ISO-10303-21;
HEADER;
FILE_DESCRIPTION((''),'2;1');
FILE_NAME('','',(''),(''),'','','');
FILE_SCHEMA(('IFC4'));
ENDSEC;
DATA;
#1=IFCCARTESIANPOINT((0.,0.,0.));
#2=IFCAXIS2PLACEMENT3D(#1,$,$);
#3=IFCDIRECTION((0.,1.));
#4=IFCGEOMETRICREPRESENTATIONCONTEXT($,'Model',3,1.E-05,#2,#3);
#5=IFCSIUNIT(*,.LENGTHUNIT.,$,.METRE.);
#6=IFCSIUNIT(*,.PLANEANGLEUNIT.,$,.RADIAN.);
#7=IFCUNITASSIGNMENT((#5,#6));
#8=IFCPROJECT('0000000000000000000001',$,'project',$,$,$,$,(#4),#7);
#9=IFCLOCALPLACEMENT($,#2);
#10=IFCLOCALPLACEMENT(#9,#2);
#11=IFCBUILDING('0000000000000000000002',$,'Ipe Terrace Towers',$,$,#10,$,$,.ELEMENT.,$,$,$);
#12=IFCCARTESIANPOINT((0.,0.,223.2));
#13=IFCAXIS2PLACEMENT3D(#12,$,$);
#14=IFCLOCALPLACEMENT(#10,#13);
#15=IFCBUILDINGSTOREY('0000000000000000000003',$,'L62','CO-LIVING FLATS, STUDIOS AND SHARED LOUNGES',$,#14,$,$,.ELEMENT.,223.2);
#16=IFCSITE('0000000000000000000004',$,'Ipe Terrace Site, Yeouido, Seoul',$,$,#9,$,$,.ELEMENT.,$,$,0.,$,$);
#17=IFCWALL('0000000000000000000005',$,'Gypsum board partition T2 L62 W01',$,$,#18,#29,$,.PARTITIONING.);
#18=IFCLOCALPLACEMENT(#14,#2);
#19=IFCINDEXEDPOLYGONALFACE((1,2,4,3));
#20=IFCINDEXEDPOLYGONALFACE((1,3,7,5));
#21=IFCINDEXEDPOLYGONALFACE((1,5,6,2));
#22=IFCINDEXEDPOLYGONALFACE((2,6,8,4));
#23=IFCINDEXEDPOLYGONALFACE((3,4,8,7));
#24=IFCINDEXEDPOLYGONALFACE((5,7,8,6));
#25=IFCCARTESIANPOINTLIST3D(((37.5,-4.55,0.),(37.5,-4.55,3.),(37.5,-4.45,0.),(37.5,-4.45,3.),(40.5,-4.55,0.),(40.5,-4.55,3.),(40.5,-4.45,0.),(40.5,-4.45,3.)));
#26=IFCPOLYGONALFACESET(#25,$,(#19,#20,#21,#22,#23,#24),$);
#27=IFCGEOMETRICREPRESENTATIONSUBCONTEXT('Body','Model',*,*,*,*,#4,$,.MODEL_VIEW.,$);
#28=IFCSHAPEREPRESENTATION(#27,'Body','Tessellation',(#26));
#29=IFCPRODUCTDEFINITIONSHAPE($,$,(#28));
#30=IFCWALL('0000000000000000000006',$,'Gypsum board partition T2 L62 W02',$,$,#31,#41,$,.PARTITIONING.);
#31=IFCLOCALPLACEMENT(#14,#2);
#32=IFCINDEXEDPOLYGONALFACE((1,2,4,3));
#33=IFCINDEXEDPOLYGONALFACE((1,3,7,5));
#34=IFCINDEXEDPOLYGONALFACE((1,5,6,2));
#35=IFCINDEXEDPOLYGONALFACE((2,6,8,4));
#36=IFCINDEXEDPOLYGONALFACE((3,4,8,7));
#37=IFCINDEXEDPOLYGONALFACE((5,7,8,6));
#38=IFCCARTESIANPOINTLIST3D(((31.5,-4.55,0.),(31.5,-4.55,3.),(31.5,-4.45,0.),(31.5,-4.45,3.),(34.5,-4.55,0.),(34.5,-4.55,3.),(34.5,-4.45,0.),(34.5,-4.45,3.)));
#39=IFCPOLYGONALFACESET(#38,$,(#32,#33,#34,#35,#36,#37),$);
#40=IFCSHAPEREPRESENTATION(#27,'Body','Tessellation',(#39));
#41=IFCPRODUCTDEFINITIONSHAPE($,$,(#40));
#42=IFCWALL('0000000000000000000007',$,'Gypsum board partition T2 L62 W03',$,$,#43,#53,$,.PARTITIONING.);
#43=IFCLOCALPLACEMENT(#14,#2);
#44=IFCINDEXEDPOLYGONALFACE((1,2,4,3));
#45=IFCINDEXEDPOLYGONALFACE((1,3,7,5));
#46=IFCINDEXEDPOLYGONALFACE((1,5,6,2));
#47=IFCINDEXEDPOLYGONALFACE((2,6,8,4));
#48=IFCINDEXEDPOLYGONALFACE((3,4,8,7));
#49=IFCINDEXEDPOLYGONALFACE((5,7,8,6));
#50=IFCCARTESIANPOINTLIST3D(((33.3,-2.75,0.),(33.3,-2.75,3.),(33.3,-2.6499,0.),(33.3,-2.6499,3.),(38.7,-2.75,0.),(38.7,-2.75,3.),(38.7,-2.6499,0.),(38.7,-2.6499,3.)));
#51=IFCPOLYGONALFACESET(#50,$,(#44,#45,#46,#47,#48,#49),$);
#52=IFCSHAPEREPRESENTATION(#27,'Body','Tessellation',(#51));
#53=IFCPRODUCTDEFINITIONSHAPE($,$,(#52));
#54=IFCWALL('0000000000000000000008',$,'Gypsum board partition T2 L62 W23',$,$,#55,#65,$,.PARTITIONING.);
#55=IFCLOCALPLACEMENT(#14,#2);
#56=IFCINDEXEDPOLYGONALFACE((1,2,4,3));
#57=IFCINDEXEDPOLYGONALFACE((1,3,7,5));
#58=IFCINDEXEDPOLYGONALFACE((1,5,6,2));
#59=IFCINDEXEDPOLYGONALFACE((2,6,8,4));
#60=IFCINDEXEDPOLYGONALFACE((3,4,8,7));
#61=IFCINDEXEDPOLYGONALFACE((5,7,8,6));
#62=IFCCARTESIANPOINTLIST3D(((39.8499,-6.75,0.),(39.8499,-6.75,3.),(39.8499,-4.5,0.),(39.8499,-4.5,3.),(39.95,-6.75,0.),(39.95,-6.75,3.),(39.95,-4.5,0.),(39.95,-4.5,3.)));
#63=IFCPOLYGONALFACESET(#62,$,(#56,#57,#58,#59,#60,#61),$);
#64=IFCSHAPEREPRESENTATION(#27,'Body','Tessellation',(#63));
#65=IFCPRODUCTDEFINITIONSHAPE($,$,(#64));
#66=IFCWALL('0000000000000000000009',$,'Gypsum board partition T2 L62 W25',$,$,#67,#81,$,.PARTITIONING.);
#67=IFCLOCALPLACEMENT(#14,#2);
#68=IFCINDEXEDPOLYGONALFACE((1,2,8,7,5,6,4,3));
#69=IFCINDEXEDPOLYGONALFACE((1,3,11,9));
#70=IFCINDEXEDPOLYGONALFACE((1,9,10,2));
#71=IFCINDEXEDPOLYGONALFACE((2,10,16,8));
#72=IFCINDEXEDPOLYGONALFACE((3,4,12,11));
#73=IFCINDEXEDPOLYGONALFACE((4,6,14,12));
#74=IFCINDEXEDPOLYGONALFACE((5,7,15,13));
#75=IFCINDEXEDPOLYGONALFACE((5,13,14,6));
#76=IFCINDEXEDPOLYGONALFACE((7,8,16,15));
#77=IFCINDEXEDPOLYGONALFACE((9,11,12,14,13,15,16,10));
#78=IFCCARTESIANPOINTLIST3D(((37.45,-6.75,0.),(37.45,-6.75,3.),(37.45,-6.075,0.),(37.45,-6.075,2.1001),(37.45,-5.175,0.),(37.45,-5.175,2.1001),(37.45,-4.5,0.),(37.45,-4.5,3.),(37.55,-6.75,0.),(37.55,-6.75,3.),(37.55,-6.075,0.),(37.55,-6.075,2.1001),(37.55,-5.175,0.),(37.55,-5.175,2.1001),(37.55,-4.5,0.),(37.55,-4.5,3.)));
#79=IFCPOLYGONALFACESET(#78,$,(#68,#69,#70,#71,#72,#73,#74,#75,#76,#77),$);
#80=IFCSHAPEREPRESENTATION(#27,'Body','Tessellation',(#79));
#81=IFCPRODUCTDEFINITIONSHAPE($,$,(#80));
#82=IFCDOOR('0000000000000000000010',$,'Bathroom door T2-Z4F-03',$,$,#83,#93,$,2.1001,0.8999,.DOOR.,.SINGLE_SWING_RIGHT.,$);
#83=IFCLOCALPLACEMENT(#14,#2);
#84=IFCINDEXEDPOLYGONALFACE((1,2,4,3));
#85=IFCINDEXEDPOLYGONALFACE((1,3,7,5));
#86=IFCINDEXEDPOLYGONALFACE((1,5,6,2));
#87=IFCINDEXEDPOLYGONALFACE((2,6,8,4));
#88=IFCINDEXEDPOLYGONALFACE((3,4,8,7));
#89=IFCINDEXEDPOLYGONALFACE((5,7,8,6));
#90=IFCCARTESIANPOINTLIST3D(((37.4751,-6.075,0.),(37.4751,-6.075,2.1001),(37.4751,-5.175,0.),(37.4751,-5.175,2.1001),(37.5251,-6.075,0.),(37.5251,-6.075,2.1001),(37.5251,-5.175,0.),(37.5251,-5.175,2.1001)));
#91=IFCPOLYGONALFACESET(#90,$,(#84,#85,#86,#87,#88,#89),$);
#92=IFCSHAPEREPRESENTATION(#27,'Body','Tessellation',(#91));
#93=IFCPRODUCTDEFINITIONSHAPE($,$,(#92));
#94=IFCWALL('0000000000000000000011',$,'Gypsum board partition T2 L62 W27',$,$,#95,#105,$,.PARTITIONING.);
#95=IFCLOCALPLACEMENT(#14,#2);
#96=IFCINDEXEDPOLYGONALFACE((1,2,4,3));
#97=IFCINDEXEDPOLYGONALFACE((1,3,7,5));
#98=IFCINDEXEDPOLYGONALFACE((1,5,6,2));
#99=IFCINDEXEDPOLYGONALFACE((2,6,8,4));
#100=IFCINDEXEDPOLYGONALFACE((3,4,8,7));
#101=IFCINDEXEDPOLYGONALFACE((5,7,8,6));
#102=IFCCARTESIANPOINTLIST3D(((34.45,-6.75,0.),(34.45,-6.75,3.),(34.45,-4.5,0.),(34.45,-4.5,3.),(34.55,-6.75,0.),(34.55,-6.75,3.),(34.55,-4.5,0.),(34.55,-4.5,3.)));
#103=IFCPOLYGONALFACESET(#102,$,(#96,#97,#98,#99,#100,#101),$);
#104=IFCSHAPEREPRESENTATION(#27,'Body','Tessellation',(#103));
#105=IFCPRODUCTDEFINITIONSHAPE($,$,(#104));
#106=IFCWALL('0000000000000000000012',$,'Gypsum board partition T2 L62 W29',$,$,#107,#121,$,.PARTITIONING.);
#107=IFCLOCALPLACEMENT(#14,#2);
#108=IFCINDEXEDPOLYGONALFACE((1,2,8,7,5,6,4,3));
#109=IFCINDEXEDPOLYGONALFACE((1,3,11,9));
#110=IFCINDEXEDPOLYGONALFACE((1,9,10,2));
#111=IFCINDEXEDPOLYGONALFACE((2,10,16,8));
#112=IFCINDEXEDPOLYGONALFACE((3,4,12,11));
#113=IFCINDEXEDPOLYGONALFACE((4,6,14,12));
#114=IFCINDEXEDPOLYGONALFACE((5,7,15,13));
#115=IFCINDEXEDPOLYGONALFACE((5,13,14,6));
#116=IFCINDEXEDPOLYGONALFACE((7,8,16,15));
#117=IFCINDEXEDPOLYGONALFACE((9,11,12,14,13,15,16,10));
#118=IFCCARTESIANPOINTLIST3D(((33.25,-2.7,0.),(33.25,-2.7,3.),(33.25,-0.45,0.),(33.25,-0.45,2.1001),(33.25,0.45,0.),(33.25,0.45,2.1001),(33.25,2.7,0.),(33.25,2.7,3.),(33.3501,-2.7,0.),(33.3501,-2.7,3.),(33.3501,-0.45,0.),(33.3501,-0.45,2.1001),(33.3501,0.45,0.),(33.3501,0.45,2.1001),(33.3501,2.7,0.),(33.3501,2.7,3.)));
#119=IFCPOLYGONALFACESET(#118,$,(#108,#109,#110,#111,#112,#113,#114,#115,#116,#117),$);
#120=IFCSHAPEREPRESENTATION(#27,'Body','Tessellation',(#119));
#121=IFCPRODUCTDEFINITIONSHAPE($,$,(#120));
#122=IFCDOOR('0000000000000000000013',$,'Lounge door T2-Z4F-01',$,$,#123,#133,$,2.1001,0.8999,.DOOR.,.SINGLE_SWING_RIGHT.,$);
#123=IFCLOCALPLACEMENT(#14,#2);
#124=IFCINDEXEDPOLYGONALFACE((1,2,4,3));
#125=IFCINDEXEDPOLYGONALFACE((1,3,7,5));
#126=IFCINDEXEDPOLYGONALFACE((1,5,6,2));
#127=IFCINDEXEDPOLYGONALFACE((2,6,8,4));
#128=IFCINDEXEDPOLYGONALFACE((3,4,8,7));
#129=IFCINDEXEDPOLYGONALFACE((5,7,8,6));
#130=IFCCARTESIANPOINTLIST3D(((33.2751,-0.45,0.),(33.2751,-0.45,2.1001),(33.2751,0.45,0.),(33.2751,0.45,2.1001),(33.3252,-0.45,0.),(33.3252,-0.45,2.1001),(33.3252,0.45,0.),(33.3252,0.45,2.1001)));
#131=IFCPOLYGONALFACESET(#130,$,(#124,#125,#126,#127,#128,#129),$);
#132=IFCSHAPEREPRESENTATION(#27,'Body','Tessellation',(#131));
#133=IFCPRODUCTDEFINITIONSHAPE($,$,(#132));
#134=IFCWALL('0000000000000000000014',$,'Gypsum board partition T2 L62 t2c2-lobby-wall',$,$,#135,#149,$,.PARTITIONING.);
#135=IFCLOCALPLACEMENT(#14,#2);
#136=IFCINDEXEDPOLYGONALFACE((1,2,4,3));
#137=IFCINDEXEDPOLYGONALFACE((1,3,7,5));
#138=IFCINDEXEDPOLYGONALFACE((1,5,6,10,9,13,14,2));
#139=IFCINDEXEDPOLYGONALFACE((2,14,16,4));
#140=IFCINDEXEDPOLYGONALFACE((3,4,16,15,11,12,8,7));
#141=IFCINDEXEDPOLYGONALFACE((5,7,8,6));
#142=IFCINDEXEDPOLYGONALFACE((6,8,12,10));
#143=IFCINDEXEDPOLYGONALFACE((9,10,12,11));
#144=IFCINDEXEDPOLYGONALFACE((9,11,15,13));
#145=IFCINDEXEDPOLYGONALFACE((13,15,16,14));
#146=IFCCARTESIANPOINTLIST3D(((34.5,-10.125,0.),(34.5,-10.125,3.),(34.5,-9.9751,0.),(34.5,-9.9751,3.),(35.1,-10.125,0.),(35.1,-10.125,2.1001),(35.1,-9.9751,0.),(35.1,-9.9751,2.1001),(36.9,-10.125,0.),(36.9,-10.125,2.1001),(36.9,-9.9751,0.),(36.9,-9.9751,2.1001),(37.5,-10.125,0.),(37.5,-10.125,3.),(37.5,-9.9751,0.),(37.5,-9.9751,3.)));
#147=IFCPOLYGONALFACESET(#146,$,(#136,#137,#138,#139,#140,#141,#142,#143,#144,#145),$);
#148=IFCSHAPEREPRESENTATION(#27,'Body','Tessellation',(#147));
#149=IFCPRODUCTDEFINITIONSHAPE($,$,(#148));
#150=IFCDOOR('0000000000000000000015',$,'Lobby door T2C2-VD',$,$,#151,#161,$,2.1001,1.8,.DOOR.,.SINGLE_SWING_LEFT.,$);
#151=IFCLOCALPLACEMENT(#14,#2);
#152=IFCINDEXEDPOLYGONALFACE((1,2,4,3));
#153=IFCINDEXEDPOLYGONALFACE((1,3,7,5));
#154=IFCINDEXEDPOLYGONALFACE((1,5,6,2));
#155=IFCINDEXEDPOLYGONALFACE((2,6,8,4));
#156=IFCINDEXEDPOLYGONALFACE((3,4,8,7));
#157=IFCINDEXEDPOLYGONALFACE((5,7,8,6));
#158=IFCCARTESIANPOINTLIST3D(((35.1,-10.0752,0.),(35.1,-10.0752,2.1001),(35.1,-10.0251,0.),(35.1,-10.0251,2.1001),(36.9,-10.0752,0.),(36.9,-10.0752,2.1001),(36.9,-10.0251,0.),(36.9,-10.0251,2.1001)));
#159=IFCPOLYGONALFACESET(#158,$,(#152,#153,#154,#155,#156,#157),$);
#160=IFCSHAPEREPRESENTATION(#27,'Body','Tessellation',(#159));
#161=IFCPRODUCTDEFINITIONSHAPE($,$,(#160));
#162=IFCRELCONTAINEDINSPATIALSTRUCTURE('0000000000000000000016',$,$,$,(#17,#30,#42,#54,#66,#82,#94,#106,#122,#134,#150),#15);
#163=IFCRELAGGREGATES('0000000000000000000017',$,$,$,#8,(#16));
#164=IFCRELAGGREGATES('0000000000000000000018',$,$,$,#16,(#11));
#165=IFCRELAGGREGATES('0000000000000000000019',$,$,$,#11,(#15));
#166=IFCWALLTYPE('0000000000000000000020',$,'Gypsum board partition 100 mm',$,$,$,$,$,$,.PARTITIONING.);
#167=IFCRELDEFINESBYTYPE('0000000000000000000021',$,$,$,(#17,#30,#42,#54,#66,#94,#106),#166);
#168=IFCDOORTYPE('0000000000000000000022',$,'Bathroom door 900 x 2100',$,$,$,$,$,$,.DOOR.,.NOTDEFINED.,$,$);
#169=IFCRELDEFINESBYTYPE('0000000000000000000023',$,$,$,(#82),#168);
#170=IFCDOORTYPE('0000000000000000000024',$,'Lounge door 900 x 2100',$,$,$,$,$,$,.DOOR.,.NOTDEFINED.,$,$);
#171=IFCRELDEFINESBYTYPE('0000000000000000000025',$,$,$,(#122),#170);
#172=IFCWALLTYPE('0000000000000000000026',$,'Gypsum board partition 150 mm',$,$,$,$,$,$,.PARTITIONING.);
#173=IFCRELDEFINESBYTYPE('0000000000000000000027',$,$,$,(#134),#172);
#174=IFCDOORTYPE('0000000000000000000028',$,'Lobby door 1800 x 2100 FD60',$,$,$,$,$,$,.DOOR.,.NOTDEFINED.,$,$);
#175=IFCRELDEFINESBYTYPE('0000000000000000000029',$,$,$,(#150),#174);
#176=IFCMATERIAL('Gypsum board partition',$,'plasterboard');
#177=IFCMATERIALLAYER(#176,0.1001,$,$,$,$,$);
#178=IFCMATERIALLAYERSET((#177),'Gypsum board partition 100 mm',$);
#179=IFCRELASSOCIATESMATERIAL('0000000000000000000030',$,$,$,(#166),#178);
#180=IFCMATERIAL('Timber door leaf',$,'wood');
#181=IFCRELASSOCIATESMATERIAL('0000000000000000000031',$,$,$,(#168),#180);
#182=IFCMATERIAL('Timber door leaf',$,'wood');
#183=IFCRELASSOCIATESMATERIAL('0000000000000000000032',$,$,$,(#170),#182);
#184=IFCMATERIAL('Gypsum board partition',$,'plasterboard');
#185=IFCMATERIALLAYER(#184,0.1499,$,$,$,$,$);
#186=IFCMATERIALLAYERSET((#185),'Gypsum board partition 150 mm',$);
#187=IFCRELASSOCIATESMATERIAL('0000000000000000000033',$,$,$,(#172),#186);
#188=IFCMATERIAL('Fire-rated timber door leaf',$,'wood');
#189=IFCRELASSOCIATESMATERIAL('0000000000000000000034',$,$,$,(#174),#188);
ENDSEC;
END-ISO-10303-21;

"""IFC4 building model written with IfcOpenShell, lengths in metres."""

from ifc_helpers import new_model, si_unit, direction, frame, frame_2d, origin, place, context, subcontext, project, spatial, rectangle, extrude, material, layer, layer_set, type_object, element, fill, save


model = new_model("IFC4")

# Units and contexts
model_context = context("Model", 3, precision=1e-05, world=origin(), true_north=direction((0.0, 1.0)))
body_context = subcontext(model_context, "Body", "Model", "MODEL_VIEW")
ifc_project = project(units=[si_unit("LENGTHUNIT", "METRE"), si_unit("PLANEANGLEUNIT", "RADIAN")], contexts=[model_context])

# Site, building, storey
site_placement = place(None, origin())
site = spatial("IfcSite", under=ifc_project, at=site_placement, Name="Ipe Terrace Site, Yeouido, Seoul", CompositionType="ELEMENT", RefElevation=0.0)
building_placement = place(site_placement, origin())
building = spatial("IfcBuilding", under=site, at=building_placement, Name="Ipe Terrace Towers", CompositionType="ELEMENT")
storey_placement = place(building_placement, frame((0.0, 0.0, 223.2)))
storey = spatial("IfcBuildingStorey", under=building, at=storey_placement, Name="L62", Description="CO-LIVING FLATS, STUDIOS AND SHARED LOUNGES", CompositionType="ELEMENT", Elevation=223.2)

# Walls
ifc_material_1 = material(Name="Gypsum board partition", Category="plasterboard")
ifc_layer_1 = layer(ifc_material_1, 0.1001)
ifc_layer_set_1 = layer_set([ifc_layer_1], Name="Gypsum board partition 100 mm")
wall_type_1 = type_object("IfcWallType", Name="Gypsum board partition 100 mm", PredefinedType="PARTITIONING", material=ifc_layer_set_1)
for number, where, z_axis, x_axis, name in (
    (1, (40.5, -4.5, 0.0), (0.0, 0.0, 1.0), (-1.0, 0.0, 0.0), "Gypsum board partition T2 L62 W01"),
    (2, (34.5, -4.5, 0.0), (0.0, 0.0, 1.0), (-1.0, 0.0, 0.0), "Gypsum board partition T2 L62 W02"),
):
    element("IfcWall", number, at=place(storey_placement, frame(where, z_axis=z_axis, x_axis=x_axis)), inside=storey, type_object=wall_type_1, Name=name, PredefinedType="PARTITIONING", context=body_context, shape_type="SweptSolid", body=[
        extrude(rectangle(XDim=3.0, YDim=0.1001, at=frame_2d((1.5, 0.0))), origin(), (0.0, 0.0, 1.0), 3.0),
    ])
wall_1_placement = place(storey_placement, frame((38.7, -2.7, 0.0), z_axis=(0.0, 0.0, 1.0), x_axis=(-1.0, 0.0, 0.0)))
element("IfcWall", 3, at=wall_1_placement, inside=storey, type_object=wall_type_1, Name="Gypsum board partition T2 L62 W03", PredefinedType="PARTITIONING", context=body_context, shape_type="SweptSolid", body=[
    extrude(rectangle(XDim=5.3999, YDim=0.1001, at=frame_2d((2.7, 0.0))), origin(), (0.0, 0.0, 1.0), 3.0),
])
wall_2_placement = place(storey_placement, frame((39.8999, -6.75, 0.0), z_axis=(0.0, 0.0, 1.0), x_axis=(0.0, 1.0, 0.0)))
element("IfcWall", 4, at=wall_2_placement, inside=storey, type_object=wall_type_1, Name="Gypsum board partition T2 L62 W23", PredefinedType="PARTITIONING", context=body_context, shape_type="SweptSolid", body=[
    extrude(rectangle(XDim=2.25, YDim=0.1001, at=frame_2d((1.125, 0.0))), origin(), (0.0, 0.0, 1.0), 3.0),
])

# Wall, opening, door
wall_3_placement = place(storey_placement, frame((37.5, -6.75, 0.0), z_axis=(0.0, 0.0, 1.0), x_axis=(0.0, 1.0, 0.0)))
wall_3 = element("IfcWall", 5, at=wall_3_placement, inside=storey, type_object=wall_type_1, Name="Gypsum board partition T2 L62 W25", PredefinedType="PARTITIONING", context=body_context, shape_type="SweptSolid", body=[
    extrude(rectangle(XDim=2.25, YDim=0.1001, at=frame_2d((1.125, 0.0))), origin(), (0.0, 0.0, 1.0), 3.0),
])
opening_1_placement = place(wall_3_placement, frame((0.675, 0.0, 0.0)))
opening_1 = element("IfcOpeningElement", 6, at=opening_1_placement, cuts=wall_3, PredefinedType="OPENING", context=body_context, shape_type="SweptSolid", body=[
    extrude(rectangle(XDim=0.8999, YDim=2.1001, at=frame_2d((0.45, 1.05))), frame((0.0, 0.0601, 0.0), z_axis=(0.0, -1.0, 0.0), x_axis=(1.0, 0.0, 0.0)), (0.0, 0.0, 1.0), 0.1201),
])
ifc_material_2 = material(Name="Timber door leaf", Category="wood")
door_type_1 = type_object("IfcDoorType", Name="Bathroom door 900 x 2100", OperationType="NOTDEFINED", PredefinedType="DOOR", material=ifc_material_2)
door_1_placement = place(opening_1_placement, origin())
door_1 = element("IfcDoor", 7, at=door_1_placement, inside=storey, type_object=door_type_1, Name="Bathroom door T2-Z4F-03", OperationType="SINGLE_SWING_RIGHT", OverallHeight=2.1001, OverallWidth=0.8999, PredefinedType="DOOR", context=body_context, shape_type="SweptSolid", body=[
    extrude(rectangle(XDim=0.8999, YDim=2.1001, at=frame_2d((0.45, 1.05))), frame((0.0, 0.0249, 0.0), z_axis=(0.0, -1.0, 0.0), x_axis=(1.0, 0.0, 0.0)), (0.0, 0.0, 1.0), 0.05),
])
fill(opening_1, door_1)

# Wall
wall_4_placement = place(storey_placement, frame((34.5, -6.75, 0.0), z_axis=(0.0, 0.0, 1.0), x_axis=(0.0, 1.0, 0.0)))
element("IfcWall", 8, at=wall_4_placement, inside=storey, type_object=wall_type_1, Name="Gypsum board partition T2 L62 W27", PredefinedType="PARTITIONING", context=body_context, shape_type="SweptSolid", body=[
    extrude(rectangle(XDim=2.25, YDim=0.1001, at=frame_2d((1.125, 0.0))), origin(), (0.0, 0.0, 1.0), 3.0),
])

# Walls, openings, doors
wall_5_placement = place(storey_placement, frame((33.3, -2.7, 0.0), z_axis=(0.0, 0.0, 1.0), x_axis=(0.0, 1.0, 0.0)))
wall_5 = element("IfcWall", 9, at=wall_5_placement, inside=storey, type_object=wall_type_1, Name="Gypsum board partition T2 L62 W29", PredefinedType="PARTITIONING", context=body_context, shape_type="SweptSolid", body=[
    extrude(rectangle(XDim=5.3999, YDim=0.1001, at=frame_2d((2.7, 0.0))), origin(), (0.0, 0.0, 1.0), 3.0),
])
opening_2_placement = place(wall_5_placement, frame((2.25, 0.0, 0.0)))
opening_2 = element("IfcOpeningElement", 10, at=opening_2_placement, cuts=wall_5, PredefinedType="OPENING", context=body_context, shape_type="SweptSolid", body=[
    extrude(rectangle(XDim=0.8999, YDim=2.1001, at=frame_2d((0.45, 1.05))), frame((0.0, 0.0601, 0.0), z_axis=(0.0, -1.0, 0.0), x_axis=(1.0, 0.0, 0.0)), (0.0, 0.0, 1.0), 0.1201),
])
ifc_material_3 = material(Name="Timber door leaf", Category="wood")
door_type_2 = type_object("IfcDoorType", Name="Lounge door 900 x 2100", OperationType="NOTDEFINED", PredefinedType="DOOR", material=ifc_material_3)
door_2_placement = place(opening_2_placement, origin())
door_2 = element("IfcDoor", 11, at=door_2_placement, inside=storey, type_object=door_type_2, Name="Lounge door T2-Z4F-01", OperationType="SINGLE_SWING_RIGHT", OverallHeight=2.1001, OverallWidth=0.8999, PredefinedType="DOOR", context=body_context, shape_type="SweptSolid", body=[
    extrude(rectangle(XDim=0.8999, YDim=2.1001, at=frame_2d((0.45, 1.05))), frame((0.0, 0.0249, 0.0), z_axis=(0.0, -1.0, 0.0), x_axis=(1.0, 0.0, 0.0)), (0.0, 0.0, 1.0), 0.05),
])
fill(opening_2, door_2)
ifc_material_4 = material(Name="Gypsum board partition", Category="plasterboard")
ifc_layer_2 = layer(ifc_material_4, 0.1499)
ifc_layer_set_2 = layer_set([ifc_layer_2], Name="Gypsum board partition 150 mm")
wall_type_2 = type_object("IfcWallType", Name="Gypsum board partition 150 mm", PredefinedType="PARTITIONING", material=ifc_layer_set_2)
wall_6_placement = place(storey_placement, frame((34.5, -10.05, 0.0), z_axis=(0.0, 0.0, 1.0), x_axis=(1.0, 0.0, 0.0)))
wall_6 = element("IfcWall", 12, at=wall_6_placement, inside=storey, type_object=wall_type_2, Name="Gypsum board partition T2 L62 t2c2-lobby-wall", PredefinedType="PARTITIONING", context=body_context, shape_type="SweptSolid", body=[
    extrude(rectangle(XDim=3.0, YDim=0.1499, at=frame_2d((1.5, 0.0))), origin(), (0.0, 0.0, 1.0), 3.0),
])
opening_3_placement = place(wall_6_placement, frame((0.6001, 0.0, 0.0)))
opening_3 = element("IfcOpeningElement", 13, at=opening_3_placement, cuts=wall_6, PredefinedType="OPENING", context=body_context, shape_type="SweptSolid", body=[
    extrude(rectangle(XDim=1.8, YDim=2.1001, at=frame_2d((0.8999, 1.05))), frame((0.0, 0.085, 0.0), z_axis=(0.0, -1.0, 0.0), x_axis=(1.0, 0.0, 0.0)), (0.0, 0.0, 1.0), 0.1699),
])
ifc_material_5 = material(Name="Fire-rated timber door leaf", Category="wood")
door_type_3 = type_object("IfcDoorType", Name="Lobby door 1800 x 2100 FD60", OperationType="NOTDEFINED", PredefinedType="DOOR", material=ifc_material_5)
door_3_placement = place(opening_3_placement, origin())
door_3 = element("IfcDoor", 14, at=door_3_placement, inside=storey, type_object=door_type_3, Name="Lobby door T2C2-VD", OperationType="SINGLE_SWING_LEFT", OverallHeight=2.1001, OverallWidth=1.8, PredefinedType="DOOR", context=body_context, shape_type="SweptSolid", body=[
    extrude(rectangle(XDim=1.8, YDim=2.1001, at=frame_2d((0.8999, 1.05))), frame((0.0, 0.0249, 0.0), z_axis=(0.0, -1.0, 0.0), x_axis=(1.0, 0.0, 0.0)), (0.0, 0.0, 1.0), 0.05),
])
fill(opening_3, door_3)

save(model, "model.ifc")
